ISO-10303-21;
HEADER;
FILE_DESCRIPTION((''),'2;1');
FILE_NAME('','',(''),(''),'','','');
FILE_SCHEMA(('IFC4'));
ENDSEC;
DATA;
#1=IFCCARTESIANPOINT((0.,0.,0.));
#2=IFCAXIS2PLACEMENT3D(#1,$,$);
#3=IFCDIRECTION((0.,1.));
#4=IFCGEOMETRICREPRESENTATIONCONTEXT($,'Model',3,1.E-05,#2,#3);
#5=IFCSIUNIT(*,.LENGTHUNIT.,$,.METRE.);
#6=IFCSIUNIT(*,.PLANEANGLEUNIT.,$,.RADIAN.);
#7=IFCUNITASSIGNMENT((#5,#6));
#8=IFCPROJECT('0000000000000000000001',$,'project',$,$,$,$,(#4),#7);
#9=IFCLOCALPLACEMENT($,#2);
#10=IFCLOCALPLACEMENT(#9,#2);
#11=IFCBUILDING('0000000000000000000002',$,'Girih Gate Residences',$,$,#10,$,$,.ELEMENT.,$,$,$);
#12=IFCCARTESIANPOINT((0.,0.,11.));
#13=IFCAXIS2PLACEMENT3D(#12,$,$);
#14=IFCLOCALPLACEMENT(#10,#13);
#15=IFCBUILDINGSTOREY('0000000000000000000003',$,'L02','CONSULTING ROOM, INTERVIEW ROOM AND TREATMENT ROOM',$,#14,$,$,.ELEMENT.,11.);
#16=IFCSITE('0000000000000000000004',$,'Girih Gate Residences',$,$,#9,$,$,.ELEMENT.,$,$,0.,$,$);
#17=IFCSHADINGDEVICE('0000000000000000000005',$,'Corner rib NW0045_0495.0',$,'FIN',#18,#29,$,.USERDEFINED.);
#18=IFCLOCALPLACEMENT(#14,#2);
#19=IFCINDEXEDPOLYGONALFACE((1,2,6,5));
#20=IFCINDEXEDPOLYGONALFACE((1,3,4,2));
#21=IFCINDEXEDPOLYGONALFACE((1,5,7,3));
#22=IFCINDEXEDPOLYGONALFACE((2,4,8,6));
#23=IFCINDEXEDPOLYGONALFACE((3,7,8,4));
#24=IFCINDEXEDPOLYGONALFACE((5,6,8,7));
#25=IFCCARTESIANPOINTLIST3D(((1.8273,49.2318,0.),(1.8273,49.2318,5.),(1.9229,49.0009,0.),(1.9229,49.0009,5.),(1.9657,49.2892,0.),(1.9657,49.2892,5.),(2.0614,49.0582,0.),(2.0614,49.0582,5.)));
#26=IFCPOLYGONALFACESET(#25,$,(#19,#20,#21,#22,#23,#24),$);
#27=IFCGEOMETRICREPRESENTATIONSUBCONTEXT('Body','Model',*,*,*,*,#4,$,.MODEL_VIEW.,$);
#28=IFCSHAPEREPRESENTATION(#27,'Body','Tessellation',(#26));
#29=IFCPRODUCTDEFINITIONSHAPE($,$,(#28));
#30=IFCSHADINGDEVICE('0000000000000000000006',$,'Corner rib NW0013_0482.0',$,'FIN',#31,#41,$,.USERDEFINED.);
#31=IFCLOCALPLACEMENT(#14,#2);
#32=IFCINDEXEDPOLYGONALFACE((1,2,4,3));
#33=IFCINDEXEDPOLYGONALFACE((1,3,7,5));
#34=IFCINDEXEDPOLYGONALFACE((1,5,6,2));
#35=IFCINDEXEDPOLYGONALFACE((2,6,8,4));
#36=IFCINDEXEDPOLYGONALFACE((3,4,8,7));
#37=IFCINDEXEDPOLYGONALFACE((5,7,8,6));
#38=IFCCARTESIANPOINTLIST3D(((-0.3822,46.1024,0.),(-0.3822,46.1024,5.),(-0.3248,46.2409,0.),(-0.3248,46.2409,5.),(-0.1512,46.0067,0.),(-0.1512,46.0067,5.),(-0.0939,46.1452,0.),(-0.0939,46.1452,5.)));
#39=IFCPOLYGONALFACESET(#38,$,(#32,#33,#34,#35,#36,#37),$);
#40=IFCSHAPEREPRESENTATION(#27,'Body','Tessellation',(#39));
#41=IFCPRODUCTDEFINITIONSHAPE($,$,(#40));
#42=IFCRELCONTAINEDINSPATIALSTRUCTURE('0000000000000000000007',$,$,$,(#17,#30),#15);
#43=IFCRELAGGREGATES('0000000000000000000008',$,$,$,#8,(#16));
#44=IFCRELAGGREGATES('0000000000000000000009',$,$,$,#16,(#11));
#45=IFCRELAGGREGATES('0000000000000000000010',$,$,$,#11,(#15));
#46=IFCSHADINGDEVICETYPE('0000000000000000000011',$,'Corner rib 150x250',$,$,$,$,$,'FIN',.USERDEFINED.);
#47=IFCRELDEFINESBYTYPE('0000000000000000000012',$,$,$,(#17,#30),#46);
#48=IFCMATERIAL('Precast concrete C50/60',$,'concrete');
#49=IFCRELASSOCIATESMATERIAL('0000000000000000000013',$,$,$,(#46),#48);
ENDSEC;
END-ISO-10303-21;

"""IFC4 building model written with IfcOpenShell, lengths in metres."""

from ifc_helpers import new_model, si_unit, direction, frame, origin, origin_2d, place, context, subcontext, project, spatial, rectangle, extrude, material, type_object, element, save


model = new_model("IFC4")

# Units and contexts
model_context = context("Model", 3, precision=1e-05, world=origin(), true_north=direction((0.0, 1.0)))
body_context = subcontext(model_context, "Body", "Model", "MODEL_VIEW")
ifc_project = project(units=[si_unit("LENGTHUNIT", "METRE"), si_unit("PLANEANGLEUNIT", "RADIAN")], contexts=[model_context])

# Site, building, storey
site_placement = place(None, origin())
site = spatial("IfcSite", under=ifc_project, at=site_placement, Name="Girih Gate Residences", CompositionType="ELEMENT", RefElevation=0.0)
building_placement = place(site_placement, origin())
building = spatial("IfcBuilding", under=site, at=building_placement, Name="Girih Gate Residences", CompositionType="ELEMENT")
storey_placement = place(building_placement, frame((0.0, 0.0, 11.0)))
storey = spatial("IfcBuildingStorey", under=building, at=storey_placement, Name="L02", Description="CONSULTING ROOM, INTERVIEW ROOM AND TREATMENT ROOM", CompositionType="ELEMENT", Elevation=11.0)

# Shared definitions
ifc_material_1 = material(Name="Precast concrete C50/60", Category="concrete")

# Shading devices
shading_device_type = type_object("IfcShadingDeviceType", Name="Corner rib 150x250", ElementType="FIN", PredefinedType="USERDEFINED", material=ifc_material_1)
for number, where, z_axis, x_axis, name in (
    (1, (1.9443, 49.145, 0.0), (0.0, 0.0, 1.0), (-0.92388, -0.382683, 0.0), "Corner rib NW0045_0495.0"),
    (2, (-0.238, 46.1238, 0.0), (0.0, 0.0, 1.0), (-0.382683, -0.92388, 0.0), "Corner rib NW0013_0482.0"),
):
    element("IfcShadingDevice", number, at=place(storey_placement, frame(where, z_axis=z_axis, x_axis=x_axis)), inside=storey, type_object=shading_device_type, Name=name, ObjectType="FIN", PredefinedType="USERDEFINED", context=body_context, shape_type="SweptSolid", body=[
        extrude(rectangle(XDim=0.1499, YDim=0.25, at=origin_2d()), origin(), (0.0, 0.0, 1.0), 5.0),
    ])

save(model, "model.ifc")
